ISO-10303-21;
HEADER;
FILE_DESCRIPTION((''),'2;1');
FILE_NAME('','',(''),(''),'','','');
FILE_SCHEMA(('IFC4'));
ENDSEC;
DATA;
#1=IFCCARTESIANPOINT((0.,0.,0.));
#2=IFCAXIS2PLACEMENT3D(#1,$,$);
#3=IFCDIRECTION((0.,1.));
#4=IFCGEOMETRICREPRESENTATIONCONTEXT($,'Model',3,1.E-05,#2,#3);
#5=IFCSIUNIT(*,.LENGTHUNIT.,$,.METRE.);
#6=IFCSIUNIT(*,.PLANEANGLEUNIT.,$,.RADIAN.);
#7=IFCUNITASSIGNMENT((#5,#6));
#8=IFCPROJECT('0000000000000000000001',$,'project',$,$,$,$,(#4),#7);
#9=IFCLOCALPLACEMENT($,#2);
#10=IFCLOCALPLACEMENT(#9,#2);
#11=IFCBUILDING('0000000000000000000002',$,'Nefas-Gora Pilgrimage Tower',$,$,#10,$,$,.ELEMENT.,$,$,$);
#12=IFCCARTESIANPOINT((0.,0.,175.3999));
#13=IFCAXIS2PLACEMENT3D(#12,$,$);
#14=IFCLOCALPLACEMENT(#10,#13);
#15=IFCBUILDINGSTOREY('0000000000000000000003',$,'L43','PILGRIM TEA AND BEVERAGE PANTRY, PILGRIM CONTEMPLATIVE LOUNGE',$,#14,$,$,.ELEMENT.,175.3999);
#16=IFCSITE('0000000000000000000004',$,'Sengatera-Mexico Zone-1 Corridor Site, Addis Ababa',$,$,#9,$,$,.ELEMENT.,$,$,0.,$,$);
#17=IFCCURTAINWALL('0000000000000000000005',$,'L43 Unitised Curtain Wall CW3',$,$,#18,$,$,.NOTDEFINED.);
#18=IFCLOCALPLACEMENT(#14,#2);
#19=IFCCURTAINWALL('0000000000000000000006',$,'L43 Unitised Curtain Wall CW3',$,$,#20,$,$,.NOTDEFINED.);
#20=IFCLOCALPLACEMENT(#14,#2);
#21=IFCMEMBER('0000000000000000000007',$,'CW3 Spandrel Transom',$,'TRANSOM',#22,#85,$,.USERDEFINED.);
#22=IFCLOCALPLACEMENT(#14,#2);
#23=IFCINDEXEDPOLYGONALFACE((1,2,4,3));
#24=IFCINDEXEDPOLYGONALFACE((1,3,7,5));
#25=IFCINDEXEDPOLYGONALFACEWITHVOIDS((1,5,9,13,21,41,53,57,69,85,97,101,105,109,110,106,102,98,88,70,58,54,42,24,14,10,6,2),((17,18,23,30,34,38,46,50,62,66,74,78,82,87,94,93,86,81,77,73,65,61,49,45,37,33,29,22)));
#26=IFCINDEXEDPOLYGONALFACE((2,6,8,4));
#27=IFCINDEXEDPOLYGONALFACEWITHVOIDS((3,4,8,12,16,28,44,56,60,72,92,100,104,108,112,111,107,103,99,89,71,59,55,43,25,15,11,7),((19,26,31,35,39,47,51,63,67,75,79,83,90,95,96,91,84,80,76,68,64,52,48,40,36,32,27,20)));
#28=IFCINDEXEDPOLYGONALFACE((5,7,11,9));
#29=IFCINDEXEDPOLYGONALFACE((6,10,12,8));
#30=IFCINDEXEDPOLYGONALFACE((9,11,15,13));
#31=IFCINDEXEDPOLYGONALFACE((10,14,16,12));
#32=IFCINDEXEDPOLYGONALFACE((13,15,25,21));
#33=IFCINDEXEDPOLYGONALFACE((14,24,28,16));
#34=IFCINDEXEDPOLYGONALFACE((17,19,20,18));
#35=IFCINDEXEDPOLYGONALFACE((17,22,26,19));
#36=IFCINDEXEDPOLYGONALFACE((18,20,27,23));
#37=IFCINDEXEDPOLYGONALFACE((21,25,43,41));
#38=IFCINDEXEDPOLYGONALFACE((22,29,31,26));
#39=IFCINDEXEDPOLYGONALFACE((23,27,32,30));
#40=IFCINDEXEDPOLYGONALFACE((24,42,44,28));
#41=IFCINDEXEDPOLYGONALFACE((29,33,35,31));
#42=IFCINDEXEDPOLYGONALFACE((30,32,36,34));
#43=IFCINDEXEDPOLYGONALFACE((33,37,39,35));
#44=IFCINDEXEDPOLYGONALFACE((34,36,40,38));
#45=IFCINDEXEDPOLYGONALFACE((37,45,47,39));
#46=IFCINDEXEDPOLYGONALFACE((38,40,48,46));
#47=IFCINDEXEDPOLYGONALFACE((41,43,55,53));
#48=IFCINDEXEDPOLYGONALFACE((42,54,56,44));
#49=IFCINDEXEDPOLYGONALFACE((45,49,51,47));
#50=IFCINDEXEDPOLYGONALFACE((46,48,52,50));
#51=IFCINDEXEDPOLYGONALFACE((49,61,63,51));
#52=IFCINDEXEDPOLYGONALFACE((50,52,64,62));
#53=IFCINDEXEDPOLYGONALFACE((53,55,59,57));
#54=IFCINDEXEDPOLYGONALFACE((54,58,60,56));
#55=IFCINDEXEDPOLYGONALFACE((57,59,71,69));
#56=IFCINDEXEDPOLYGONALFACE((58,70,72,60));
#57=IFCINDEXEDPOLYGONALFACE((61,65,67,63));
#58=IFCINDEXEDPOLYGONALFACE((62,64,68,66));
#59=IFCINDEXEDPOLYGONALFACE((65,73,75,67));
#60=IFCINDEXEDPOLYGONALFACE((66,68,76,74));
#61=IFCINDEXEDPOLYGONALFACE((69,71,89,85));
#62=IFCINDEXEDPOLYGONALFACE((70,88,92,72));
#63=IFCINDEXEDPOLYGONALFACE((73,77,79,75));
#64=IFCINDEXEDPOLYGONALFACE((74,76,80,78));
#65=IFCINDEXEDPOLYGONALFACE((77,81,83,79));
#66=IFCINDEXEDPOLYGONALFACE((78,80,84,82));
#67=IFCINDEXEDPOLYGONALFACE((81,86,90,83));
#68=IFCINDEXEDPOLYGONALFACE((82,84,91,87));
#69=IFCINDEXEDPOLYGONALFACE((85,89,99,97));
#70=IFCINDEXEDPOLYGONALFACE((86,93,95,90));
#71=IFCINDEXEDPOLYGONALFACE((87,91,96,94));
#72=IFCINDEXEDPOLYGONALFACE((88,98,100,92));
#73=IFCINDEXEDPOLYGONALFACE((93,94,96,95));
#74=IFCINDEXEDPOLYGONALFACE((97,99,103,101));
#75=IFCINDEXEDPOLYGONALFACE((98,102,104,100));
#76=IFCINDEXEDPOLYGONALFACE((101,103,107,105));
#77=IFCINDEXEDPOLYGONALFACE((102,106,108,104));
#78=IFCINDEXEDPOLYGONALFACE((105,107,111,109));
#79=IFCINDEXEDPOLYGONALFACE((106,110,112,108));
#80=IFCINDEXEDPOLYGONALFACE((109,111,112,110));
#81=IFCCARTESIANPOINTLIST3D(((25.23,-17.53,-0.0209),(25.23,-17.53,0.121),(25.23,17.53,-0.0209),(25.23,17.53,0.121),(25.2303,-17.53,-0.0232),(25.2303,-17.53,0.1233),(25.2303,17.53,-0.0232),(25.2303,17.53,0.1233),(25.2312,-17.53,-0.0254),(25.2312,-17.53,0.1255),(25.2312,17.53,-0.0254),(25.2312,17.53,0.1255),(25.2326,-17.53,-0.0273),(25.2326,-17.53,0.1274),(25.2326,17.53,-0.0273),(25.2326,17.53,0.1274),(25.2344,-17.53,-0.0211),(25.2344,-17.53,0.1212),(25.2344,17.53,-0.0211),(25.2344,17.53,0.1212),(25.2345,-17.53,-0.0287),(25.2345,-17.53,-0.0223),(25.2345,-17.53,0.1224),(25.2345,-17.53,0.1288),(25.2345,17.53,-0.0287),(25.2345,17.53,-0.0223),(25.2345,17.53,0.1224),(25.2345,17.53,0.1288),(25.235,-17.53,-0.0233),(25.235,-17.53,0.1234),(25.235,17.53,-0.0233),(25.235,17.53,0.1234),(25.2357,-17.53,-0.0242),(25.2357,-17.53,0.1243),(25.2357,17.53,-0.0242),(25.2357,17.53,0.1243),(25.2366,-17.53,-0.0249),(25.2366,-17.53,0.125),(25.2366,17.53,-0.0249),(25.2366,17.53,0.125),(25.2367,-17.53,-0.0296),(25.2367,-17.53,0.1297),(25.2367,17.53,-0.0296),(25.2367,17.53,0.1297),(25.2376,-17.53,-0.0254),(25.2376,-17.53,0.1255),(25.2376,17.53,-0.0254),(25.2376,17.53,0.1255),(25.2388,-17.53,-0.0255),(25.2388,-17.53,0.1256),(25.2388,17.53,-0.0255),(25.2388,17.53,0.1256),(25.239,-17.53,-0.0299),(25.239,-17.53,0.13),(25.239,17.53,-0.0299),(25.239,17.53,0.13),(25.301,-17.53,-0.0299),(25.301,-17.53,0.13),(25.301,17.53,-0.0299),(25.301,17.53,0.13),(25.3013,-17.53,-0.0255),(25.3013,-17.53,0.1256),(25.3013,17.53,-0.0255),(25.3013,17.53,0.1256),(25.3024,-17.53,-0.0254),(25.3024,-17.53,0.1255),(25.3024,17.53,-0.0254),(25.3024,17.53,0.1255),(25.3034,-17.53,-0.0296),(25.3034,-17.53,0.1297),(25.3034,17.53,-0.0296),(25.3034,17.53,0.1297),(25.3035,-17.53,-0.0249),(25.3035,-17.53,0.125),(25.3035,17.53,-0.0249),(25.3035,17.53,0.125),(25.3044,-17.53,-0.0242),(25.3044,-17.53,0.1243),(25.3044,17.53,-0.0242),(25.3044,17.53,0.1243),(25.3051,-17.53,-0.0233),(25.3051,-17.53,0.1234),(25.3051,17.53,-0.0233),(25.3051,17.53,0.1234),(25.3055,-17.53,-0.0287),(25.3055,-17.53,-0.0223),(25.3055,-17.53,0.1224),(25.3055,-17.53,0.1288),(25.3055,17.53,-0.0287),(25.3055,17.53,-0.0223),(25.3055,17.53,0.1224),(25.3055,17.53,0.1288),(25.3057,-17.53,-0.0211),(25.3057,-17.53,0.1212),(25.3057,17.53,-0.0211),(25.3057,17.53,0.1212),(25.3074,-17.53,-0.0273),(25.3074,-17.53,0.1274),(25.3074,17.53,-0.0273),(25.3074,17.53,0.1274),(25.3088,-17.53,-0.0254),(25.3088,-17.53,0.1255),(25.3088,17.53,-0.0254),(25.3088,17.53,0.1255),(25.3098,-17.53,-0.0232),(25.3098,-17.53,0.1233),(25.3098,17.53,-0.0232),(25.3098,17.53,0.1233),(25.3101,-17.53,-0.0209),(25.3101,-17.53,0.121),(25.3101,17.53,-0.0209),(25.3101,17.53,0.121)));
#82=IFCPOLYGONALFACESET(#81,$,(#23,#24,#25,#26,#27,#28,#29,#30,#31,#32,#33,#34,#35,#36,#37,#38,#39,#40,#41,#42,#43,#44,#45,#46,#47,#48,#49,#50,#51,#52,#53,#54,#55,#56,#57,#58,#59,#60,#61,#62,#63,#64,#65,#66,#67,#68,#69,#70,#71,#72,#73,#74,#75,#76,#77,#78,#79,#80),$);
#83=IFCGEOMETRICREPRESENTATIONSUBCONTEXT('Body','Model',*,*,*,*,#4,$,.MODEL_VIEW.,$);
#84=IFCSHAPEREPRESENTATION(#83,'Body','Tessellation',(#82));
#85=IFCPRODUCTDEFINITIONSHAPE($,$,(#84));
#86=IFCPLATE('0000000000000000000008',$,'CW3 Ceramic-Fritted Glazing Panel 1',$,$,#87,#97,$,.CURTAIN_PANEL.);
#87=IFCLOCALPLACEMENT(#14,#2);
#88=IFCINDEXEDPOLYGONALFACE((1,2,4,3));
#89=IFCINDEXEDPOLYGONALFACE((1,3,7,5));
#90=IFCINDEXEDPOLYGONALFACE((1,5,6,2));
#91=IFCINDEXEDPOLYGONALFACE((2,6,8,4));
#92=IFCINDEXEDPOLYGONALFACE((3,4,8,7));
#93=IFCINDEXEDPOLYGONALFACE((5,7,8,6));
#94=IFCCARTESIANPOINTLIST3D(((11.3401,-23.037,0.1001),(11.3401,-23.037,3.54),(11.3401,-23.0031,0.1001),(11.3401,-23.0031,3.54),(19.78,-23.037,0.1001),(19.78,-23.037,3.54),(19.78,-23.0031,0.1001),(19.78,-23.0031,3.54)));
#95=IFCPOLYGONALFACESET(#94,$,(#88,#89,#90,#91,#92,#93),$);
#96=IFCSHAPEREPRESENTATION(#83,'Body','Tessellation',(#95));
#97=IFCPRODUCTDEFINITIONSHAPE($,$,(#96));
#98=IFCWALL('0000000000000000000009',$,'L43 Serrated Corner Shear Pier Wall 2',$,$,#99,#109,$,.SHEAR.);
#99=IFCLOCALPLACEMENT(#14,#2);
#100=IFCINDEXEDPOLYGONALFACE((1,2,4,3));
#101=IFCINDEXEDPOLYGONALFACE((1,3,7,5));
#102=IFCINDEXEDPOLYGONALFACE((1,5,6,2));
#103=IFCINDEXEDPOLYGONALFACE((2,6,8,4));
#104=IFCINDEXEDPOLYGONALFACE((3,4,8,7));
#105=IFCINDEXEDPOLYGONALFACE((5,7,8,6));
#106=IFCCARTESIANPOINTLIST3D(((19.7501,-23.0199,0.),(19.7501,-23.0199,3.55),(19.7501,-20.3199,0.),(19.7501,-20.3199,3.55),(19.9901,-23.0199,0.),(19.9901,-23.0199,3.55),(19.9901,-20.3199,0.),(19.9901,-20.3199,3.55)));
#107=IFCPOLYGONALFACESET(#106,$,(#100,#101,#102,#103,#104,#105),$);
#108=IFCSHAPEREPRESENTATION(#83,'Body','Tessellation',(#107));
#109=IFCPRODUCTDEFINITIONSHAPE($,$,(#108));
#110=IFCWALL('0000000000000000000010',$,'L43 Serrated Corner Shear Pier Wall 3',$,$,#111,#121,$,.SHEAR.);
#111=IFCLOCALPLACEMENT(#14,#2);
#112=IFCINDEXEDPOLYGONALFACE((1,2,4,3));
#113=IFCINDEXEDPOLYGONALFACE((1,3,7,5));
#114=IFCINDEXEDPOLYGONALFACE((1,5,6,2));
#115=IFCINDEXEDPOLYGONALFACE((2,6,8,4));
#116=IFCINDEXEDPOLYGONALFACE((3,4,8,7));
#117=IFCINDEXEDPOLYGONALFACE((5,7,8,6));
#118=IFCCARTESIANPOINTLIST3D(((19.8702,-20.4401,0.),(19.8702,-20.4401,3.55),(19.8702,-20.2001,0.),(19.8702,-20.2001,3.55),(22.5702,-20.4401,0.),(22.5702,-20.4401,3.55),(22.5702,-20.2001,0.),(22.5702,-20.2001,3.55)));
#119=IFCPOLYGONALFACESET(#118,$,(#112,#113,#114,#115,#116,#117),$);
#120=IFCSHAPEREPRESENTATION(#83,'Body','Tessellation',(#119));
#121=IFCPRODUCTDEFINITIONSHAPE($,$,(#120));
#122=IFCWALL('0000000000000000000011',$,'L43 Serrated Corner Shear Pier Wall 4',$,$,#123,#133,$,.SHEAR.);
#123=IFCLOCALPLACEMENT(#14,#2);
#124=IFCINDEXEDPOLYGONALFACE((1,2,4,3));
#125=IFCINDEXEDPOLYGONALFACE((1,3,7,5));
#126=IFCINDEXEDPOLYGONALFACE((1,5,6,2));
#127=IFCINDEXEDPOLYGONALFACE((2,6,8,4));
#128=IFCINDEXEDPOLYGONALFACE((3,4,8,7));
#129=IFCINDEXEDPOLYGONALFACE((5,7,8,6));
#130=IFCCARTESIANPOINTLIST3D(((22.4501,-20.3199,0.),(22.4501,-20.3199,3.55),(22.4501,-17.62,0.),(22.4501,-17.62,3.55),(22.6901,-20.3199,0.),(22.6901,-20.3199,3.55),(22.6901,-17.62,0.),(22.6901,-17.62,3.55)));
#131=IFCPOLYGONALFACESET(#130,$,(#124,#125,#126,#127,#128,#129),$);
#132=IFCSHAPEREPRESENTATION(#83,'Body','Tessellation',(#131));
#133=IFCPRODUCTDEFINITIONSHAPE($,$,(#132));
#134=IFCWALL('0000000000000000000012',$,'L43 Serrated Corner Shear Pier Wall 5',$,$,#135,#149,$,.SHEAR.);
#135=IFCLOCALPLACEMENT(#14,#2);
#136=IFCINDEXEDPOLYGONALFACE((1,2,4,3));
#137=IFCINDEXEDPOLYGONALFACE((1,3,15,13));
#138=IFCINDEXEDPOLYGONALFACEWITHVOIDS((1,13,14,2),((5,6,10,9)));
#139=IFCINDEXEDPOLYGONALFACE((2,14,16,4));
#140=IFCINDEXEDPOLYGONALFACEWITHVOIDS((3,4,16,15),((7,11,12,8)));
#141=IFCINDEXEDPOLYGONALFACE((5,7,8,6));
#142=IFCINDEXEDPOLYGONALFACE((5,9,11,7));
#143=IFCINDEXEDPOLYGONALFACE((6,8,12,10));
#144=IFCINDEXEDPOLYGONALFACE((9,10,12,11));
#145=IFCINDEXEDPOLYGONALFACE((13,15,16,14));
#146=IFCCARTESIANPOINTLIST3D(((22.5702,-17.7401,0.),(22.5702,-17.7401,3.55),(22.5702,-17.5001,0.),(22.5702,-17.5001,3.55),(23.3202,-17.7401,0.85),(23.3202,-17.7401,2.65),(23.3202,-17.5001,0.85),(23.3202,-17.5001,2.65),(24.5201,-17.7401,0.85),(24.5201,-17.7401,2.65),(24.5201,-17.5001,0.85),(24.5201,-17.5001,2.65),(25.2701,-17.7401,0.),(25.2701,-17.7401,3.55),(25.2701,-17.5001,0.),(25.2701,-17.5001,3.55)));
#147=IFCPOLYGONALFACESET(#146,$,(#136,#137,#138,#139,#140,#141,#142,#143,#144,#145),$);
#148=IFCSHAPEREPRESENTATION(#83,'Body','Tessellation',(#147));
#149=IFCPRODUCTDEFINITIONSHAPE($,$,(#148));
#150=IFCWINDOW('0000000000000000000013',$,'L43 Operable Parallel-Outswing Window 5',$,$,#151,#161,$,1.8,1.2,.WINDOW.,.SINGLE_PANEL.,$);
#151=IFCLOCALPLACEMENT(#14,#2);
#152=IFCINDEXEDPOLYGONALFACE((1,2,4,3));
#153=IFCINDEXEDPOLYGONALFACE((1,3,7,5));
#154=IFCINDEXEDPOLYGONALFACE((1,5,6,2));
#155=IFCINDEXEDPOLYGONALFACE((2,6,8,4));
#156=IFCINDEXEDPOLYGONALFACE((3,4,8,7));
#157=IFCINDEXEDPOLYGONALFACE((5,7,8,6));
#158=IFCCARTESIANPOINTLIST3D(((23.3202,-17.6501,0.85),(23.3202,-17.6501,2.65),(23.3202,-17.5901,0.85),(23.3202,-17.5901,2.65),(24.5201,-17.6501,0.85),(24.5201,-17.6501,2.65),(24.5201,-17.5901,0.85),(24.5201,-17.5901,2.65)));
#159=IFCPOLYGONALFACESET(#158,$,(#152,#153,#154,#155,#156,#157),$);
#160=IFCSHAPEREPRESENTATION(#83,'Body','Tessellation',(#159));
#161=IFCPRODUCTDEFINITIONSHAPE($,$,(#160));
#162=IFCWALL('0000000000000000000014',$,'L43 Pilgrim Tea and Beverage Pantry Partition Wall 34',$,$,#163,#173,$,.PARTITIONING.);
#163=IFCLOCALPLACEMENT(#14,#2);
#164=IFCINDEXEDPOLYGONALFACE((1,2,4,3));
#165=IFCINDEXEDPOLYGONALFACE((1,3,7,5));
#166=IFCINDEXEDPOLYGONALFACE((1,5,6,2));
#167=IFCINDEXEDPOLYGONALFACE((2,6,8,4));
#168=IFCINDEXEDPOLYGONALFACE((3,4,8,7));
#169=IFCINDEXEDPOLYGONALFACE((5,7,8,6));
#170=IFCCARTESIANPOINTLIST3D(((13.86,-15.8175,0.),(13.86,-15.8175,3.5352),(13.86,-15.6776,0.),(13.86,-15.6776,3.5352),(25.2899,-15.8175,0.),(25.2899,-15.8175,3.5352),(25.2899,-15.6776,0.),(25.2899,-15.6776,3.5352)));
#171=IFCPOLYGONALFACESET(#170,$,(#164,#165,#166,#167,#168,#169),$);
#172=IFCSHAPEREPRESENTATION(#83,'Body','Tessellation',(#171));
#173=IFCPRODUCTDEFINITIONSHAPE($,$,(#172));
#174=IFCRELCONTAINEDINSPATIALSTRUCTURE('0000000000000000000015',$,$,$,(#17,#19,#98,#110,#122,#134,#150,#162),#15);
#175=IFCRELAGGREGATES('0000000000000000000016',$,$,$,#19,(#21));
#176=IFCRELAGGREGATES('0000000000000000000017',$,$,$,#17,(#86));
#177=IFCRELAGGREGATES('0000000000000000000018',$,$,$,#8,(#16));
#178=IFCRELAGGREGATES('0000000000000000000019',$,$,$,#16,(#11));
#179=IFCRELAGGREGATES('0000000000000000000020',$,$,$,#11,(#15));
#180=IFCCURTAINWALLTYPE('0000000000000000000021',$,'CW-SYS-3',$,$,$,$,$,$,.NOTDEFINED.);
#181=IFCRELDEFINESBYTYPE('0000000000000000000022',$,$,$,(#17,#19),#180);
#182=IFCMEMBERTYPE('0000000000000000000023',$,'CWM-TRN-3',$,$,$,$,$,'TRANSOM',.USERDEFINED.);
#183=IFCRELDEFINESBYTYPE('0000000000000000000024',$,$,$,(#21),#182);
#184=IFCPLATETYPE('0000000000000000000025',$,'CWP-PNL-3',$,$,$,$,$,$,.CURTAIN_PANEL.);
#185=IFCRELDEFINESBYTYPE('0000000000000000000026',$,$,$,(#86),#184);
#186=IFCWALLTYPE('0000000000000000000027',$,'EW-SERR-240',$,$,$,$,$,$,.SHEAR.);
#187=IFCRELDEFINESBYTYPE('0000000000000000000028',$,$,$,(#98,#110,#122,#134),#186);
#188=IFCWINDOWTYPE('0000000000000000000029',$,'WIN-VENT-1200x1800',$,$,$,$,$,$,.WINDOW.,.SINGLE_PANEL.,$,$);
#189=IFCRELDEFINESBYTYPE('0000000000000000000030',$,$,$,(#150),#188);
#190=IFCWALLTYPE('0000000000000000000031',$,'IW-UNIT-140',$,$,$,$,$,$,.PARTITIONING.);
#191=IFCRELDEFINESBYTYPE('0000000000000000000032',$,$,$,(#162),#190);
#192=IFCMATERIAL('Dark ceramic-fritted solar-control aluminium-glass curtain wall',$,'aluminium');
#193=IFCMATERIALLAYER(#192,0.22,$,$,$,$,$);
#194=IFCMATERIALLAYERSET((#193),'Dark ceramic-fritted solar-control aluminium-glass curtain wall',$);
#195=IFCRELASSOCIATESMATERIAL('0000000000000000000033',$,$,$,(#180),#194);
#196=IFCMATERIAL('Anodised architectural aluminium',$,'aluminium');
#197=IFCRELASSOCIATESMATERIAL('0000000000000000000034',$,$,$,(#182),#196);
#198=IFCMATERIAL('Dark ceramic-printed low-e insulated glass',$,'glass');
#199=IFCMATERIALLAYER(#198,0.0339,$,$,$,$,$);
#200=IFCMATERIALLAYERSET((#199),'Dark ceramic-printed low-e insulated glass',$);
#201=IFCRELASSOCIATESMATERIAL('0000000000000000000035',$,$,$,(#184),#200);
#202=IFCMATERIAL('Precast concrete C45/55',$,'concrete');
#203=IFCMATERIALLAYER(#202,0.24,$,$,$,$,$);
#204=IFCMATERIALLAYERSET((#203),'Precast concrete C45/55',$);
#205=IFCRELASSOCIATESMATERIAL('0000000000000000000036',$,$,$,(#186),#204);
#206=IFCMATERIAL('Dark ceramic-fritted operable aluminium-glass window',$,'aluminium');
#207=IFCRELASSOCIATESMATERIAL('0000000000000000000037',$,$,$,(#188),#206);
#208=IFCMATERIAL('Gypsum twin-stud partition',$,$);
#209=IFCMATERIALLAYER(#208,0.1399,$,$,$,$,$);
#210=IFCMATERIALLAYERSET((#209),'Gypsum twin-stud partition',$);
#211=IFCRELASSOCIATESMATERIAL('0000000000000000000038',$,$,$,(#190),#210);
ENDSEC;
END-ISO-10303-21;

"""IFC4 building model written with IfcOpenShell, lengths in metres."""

from ifc_helpers import new_model, si_unit, direction, frame, frame_2d, origin, origin_2d, place, context, subcontext, project, spatial, rectangle, hollow_rectangle, extrude, source, transform, mapped, material, layer, layer_set, material_profile, profile_set, type_object, element, fill, aggregate, save


model = new_model("IFC4")

# Units and contexts
model_context = context("Model", 3, precision=1e-05, world=origin(), true_north=direction((0.0, 1.0)))
body_context = subcontext(model_context, "Body", "Model", "MODEL_VIEW")
ifc_project = project(units=[si_unit("LENGTHUNIT", "METRE"), si_unit("PLANEANGLEUNIT", "RADIAN")], contexts=[model_context])

# Site, building, storey
site_placement = place(None, origin())
site = spatial("IfcSite", under=ifc_project, at=site_placement, Name="Sengatera-Mexico Zone-1 Corridor Site, Addis Ababa", CompositionType="ELEMENT", RefElevation=0.0)
building_placement = place(site_placement, origin())
building = spatial("IfcBuilding", under=site, at=building_placement, Name="Nefas-Gora Pilgrimage Tower", CompositionType="ELEMENT")
storey_placement = place(building_placement, frame((0.0, 0.0, 175.3999)))
storey = spatial("IfcBuildingStorey", under=building, at=storey_placement, Name="L43", Description="PILGRIM TEA AND BEVERAGE PANTRY, PILGRIM CONTEMPLATIVE LOUNGE", CompositionType="ELEMENT", Elevation=175.3999)

# Curtain wall
ifc_material_1 = material(Name="Dark ceramic-fritted solar-control aluminium-glass curtain wall", Category="aluminium")
ifc_layer_1 = layer(ifc_material_1, 0.22)
ifc_layer_set_1 = layer_set([ifc_layer_1], Name="Dark ceramic-fritted solar-control aluminium-glass curtain wall")
curtain_wall_type = type_object("IfcCurtainWallType", Name="CW-SYS-3", PredefinedType="NOTDEFINED", material=ifc_layer_set_1)
curtain_wall_1_placement = place(storey_placement, origin())
curtain_wall_1 = element("IfcCurtainWall", 1, at=curtain_wall_1_placement, inside=storey, type_object=curtain_wall_type, Name="L43 Unitised Curtain Wall CW3", PredefinedType="NOTDEFINED")
ifc_material_2 = material(Name="Anodised architectural aluminium", Category="aluminium")

# Curtain wall
curtain_wall_2_placement = place(storey_placement, origin())
curtain_wall_2 = element("IfcCurtainWall", 2, at=curtain_wall_2_placement, inside=storey, type_object=curtain_wall_type, Name="L43 Unitised Curtain Wall CW3", PredefinedType="NOTDEFINED")

# Member
ifc_material_profile_1 = material_profile(ifc_material_2, hollow_rectangle(XDim=0.0801, YDim=0.1599, WallThickness=0.0044, InnerFilletRadius=0.0044, OuterFilletRadius=0.009, at=origin_2d()), Name="ALU TRANSOM 80x160")
ifc_profile_set_1 = profile_set([ifc_material_profile_1], Name="Anodised architectural aluminium")
member_type_1 = type_object("IfcMemberType", Name="CWM-TRN-3", ElementType="TRANSOM", PredefinedType="USERDEFINED", material=ifc_profile_set_1)
shared_shape_1 = source(origin(), body_context, "Body", "SweptSolid", [
    extrude(hollow_rectangle(XDim=0.0801, YDim=0.1599, WallThickness=0.0044, InnerFilletRadius=0.0044, OuterFilletRadius=0.009, at=origin_2d()), origin(), (0.0, 0.0, 1.0), 35.0601),
])
member_1_placement = place(storey_placement, frame((25.27, -17.53, 0.05), z_axis=(0.0, 1.0, 0.0), x_axis=(-1.0, 0.0, 0.0)))
member_1 = element("IfcMember", 3, at=member_1_placement, type_object=member_type_1, Name="CW3 Spandrel Transom", ObjectType="TRANSOM", PredefinedType="USERDEFINED", context=body_context, shape_type="MappedRepresentation", body=[
    mapped(shared_shape_1, transform((0.0, 0.0, 0.0), x_axis=(1.0, 0.0, 0.0), y_axis=(0.0, 1.0, 0.0), z_axis=(0.0, 0.0, 1.0), scale=1.0)),
])
aggregate(curtain_wall_2, [member_1])

# Plate
ifc_material_3 = material(Name="Dark ceramic-printed low-e insulated glass", Category="glass")
ifc_layer_2 = layer(ifc_material_3, 0.0339)
ifc_layer_set_2 = layer_set([ifc_layer_2], Name="Dark ceramic-printed low-e insulated glass")
plate_type = type_object("IfcPlateType", Name="CWP-PNL-3", PredefinedType="CURTAIN_PANEL", material=ifc_layer_set_2)
shared_shape_2 = source(origin(), body_context, "Body", "SweptSolid", [
    extrude(rectangle(XDim=8.4399, YDim=0.0339, at=origin_2d()), origin(), (0.0, 0.0, 1.0), 3.4399),
])
plate_placement = place(storey_placement, frame((15.5601, -23.02, 0.1001), z_axis=(0.0, 0.0, 1.0), x_axis=(1.0, 0.0, 0.0)))
plate = element("IfcPlate", 4, at=plate_placement, type_object=plate_type, Name="CW3 Ceramic-Fritted Glazing Panel 1", PredefinedType="CURTAIN_PANEL", context=body_context, shape_type="MappedRepresentation", body=[
    mapped(shared_shape_2, transform((0.0, 0.0, 0.0), x_axis=(1.0, 0.0, 0.0), y_axis=(0.0, 1.0, 0.0), z_axis=(0.0, 0.0, 1.0), scale=1.0)),
])
aggregate(curtain_wall_1, [plate])

# Walls
ifc_material_4 = material(Name="Precast concrete C45/55", Category="concrete")
ifc_layer_3 = layer(ifc_material_4, 0.24)
ifc_layer_set_3 = layer_set([ifc_layer_3], Name="Precast concrete C45/55")
wall_type_1 = type_object("IfcWallType", Name="EW-SERR-240", PredefinedType="SHEAR", material=ifc_layer_set_3)
shared_shape_3 = source(origin(), body_context, "Body", "SweptSolid", [
    extrude(rectangle(XDim=2.7, YDim=0.24, at=frame_2d((1.3501, 0.0))), origin(), (0.0, 0.0, 1.0), 3.55),
])
for number, where, z_axis, x_axis, name in (
    (5, (19.8701, -23.02, 0.0), (0.0, 0.0, 1.0), (0.0, 1.0, 0.0), "L43 Serrated Corner Shear Pier Wall 2"),
    (6, (19.8701, -20.3201, 0.0), (0.0, 0.0, 1.0), (1.0, 0.0, 0.0), "L43 Serrated Corner Shear Pier Wall 3"),
    (7, (22.5701, -20.3201, 0.0), (0.0, 0.0, 1.0), (0.0, 1.0, 0.0), "L43 Serrated Corner Shear Pier Wall 4"),
):
    element("IfcWall", number, at=place(storey_placement, frame(where, z_axis=z_axis, x_axis=x_axis)), inside=storey, type_object=wall_type_1, Name=name, PredefinedType="SHEAR", context=body_context, shape_type="MappedRepresentation", body=[
        mapped(shared_shape_3, transform((0.0, 0.0, 0.0), x_axis=(1.0, 0.0, 0.0), y_axis=(0.0, 1.0, 0.0), z_axis=(0.0, 0.0, 1.0), scale=1.0)),
    ])

# Wall, opening, window
wall_1_placement = place(storey_placement, frame((22.5701, -17.6201, 0.0), z_axis=(0.0, 0.0, 1.0), x_axis=(1.0, 0.0, 0.0)))
wall_1 = element("IfcWall", 8, at=wall_1_placement, inside=storey, type_object=wall_type_1, Name="L43 Serrated Corner Shear Pier Wall 5", PredefinedType="SHEAR", context=body_context, shape_type="MappedRepresentation", body=[
    mapped(shared_shape_3, transform((0.0, 0.0, 0.0), x_axis=(1.0, 0.0, 0.0), y_axis=(0.0, 1.0, 0.0), z_axis=(0.0, 0.0, 1.0), scale=1.0)),
])
opening_1_placement = place(wall_1_placement, frame((0.75, 0.0, 0.8501)))
opening_1 = element("IfcOpeningElement", 9, at=opening_1_placement, cuts=wall_1, PredefinedType="OPENING", context=body_context, shape_type="SweptSolid", body=[
    extrude(rectangle(XDim=1.2, YDim=1.8, at=frame_2d((0.6001, 0.8999))), frame((0.0, 0.1299, 0.0), z_axis=(0.0, -1.0, 0.0), x_axis=(1.0, 0.0, 0.0)), (0.0, 0.0, 1.0), 0.26),
])
ifc_material_5 = material(Name="Dark ceramic-fritted operable aluminium-glass window", Category="aluminium")
window_type = type_object("IfcWindowType", Name="WIN-VENT-1200x1800", PartitioningType="SINGLE_PANEL", PredefinedType="WINDOW", material=ifc_material_5)
shared_shape_4 = source(origin(), body_context, "Body", "SweptSolid", [
    extrude(rectangle(XDim=1.2, YDim=1.8, at=frame_2d((0.6001, 0.8999))), frame((0.0, 0.03, 0.0), z_axis=(0.0, -1.0, 0.0), x_axis=(1.0, 0.0, 0.0)), (0.0, 0.0, 1.0), 0.0601),
])
window_placement = place(opening_1_placement, origin())
window = element("IfcWindow", 10, at=window_placement, inside=storey, type_object=window_type, Name="L43 Operable Parallel-Outswing Window 5", OverallHeight=1.8, OverallWidth=1.2, PartitioningType="SINGLE_PANEL", PredefinedType="WINDOW", context=body_context, shape_type="MappedRepresentation", body=[
    mapped(shared_shape_4, transform((0.0, 0.0, 0.0), x_axis=(1.0, 0.0, 0.0), y_axis=(0.0, 1.0, 0.0), z_axis=(0.0, 0.0, 1.0), scale=1.0)),
])
fill(opening_1, window)

# Wall
ifc_material_6 = material(Name="Gypsum twin-stud partition")
ifc_layer_4 = layer(ifc_material_6, 0.1399)
ifc_layer_set_4 = layer_set([ifc_layer_4], Name="Gypsum twin-stud partition")
wall_type_2 = type_object("IfcWallType", Name="IW-UNIT-140", PredefinedType="PARTITIONING", material=ifc_layer_set_4)
shared_shape_5 = source(origin(), body_context, "Body", "SweptSolid", [
    extrude(rectangle(XDim=11.4299, YDim=0.1399, at=frame_2d((5.7148, 0.0))), origin(), (0.0, 0.0, 1.0), 3.5352),
])
wall_2_placement = place(storey_placement, frame((13.8601, -15.7476, 0.0), z_axis=(0.0, 0.0, 1.0), x_axis=(1.0, 0.0, 0.0)))
element("IfcWall", 11, at=wall_2_placement, inside=storey, type_object=wall_type_2, Name="L43 Pilgrim Tea and Beverage Pantry Partition Wall 34", PredefinedType="PARTITIONING", context=body_context, shape_type="MappedRepresentation", body=[
    mapped(shared_shape_5, transform((0.0, 0.0, 0.0), x_axis=(1.0, 0.0, 0.0), y_axis=(0.0, 1.0, 0.0), z_axis=(0.0, 0.0, 1.0), scale=1.0)),
])

save(model, "model.ifc")
